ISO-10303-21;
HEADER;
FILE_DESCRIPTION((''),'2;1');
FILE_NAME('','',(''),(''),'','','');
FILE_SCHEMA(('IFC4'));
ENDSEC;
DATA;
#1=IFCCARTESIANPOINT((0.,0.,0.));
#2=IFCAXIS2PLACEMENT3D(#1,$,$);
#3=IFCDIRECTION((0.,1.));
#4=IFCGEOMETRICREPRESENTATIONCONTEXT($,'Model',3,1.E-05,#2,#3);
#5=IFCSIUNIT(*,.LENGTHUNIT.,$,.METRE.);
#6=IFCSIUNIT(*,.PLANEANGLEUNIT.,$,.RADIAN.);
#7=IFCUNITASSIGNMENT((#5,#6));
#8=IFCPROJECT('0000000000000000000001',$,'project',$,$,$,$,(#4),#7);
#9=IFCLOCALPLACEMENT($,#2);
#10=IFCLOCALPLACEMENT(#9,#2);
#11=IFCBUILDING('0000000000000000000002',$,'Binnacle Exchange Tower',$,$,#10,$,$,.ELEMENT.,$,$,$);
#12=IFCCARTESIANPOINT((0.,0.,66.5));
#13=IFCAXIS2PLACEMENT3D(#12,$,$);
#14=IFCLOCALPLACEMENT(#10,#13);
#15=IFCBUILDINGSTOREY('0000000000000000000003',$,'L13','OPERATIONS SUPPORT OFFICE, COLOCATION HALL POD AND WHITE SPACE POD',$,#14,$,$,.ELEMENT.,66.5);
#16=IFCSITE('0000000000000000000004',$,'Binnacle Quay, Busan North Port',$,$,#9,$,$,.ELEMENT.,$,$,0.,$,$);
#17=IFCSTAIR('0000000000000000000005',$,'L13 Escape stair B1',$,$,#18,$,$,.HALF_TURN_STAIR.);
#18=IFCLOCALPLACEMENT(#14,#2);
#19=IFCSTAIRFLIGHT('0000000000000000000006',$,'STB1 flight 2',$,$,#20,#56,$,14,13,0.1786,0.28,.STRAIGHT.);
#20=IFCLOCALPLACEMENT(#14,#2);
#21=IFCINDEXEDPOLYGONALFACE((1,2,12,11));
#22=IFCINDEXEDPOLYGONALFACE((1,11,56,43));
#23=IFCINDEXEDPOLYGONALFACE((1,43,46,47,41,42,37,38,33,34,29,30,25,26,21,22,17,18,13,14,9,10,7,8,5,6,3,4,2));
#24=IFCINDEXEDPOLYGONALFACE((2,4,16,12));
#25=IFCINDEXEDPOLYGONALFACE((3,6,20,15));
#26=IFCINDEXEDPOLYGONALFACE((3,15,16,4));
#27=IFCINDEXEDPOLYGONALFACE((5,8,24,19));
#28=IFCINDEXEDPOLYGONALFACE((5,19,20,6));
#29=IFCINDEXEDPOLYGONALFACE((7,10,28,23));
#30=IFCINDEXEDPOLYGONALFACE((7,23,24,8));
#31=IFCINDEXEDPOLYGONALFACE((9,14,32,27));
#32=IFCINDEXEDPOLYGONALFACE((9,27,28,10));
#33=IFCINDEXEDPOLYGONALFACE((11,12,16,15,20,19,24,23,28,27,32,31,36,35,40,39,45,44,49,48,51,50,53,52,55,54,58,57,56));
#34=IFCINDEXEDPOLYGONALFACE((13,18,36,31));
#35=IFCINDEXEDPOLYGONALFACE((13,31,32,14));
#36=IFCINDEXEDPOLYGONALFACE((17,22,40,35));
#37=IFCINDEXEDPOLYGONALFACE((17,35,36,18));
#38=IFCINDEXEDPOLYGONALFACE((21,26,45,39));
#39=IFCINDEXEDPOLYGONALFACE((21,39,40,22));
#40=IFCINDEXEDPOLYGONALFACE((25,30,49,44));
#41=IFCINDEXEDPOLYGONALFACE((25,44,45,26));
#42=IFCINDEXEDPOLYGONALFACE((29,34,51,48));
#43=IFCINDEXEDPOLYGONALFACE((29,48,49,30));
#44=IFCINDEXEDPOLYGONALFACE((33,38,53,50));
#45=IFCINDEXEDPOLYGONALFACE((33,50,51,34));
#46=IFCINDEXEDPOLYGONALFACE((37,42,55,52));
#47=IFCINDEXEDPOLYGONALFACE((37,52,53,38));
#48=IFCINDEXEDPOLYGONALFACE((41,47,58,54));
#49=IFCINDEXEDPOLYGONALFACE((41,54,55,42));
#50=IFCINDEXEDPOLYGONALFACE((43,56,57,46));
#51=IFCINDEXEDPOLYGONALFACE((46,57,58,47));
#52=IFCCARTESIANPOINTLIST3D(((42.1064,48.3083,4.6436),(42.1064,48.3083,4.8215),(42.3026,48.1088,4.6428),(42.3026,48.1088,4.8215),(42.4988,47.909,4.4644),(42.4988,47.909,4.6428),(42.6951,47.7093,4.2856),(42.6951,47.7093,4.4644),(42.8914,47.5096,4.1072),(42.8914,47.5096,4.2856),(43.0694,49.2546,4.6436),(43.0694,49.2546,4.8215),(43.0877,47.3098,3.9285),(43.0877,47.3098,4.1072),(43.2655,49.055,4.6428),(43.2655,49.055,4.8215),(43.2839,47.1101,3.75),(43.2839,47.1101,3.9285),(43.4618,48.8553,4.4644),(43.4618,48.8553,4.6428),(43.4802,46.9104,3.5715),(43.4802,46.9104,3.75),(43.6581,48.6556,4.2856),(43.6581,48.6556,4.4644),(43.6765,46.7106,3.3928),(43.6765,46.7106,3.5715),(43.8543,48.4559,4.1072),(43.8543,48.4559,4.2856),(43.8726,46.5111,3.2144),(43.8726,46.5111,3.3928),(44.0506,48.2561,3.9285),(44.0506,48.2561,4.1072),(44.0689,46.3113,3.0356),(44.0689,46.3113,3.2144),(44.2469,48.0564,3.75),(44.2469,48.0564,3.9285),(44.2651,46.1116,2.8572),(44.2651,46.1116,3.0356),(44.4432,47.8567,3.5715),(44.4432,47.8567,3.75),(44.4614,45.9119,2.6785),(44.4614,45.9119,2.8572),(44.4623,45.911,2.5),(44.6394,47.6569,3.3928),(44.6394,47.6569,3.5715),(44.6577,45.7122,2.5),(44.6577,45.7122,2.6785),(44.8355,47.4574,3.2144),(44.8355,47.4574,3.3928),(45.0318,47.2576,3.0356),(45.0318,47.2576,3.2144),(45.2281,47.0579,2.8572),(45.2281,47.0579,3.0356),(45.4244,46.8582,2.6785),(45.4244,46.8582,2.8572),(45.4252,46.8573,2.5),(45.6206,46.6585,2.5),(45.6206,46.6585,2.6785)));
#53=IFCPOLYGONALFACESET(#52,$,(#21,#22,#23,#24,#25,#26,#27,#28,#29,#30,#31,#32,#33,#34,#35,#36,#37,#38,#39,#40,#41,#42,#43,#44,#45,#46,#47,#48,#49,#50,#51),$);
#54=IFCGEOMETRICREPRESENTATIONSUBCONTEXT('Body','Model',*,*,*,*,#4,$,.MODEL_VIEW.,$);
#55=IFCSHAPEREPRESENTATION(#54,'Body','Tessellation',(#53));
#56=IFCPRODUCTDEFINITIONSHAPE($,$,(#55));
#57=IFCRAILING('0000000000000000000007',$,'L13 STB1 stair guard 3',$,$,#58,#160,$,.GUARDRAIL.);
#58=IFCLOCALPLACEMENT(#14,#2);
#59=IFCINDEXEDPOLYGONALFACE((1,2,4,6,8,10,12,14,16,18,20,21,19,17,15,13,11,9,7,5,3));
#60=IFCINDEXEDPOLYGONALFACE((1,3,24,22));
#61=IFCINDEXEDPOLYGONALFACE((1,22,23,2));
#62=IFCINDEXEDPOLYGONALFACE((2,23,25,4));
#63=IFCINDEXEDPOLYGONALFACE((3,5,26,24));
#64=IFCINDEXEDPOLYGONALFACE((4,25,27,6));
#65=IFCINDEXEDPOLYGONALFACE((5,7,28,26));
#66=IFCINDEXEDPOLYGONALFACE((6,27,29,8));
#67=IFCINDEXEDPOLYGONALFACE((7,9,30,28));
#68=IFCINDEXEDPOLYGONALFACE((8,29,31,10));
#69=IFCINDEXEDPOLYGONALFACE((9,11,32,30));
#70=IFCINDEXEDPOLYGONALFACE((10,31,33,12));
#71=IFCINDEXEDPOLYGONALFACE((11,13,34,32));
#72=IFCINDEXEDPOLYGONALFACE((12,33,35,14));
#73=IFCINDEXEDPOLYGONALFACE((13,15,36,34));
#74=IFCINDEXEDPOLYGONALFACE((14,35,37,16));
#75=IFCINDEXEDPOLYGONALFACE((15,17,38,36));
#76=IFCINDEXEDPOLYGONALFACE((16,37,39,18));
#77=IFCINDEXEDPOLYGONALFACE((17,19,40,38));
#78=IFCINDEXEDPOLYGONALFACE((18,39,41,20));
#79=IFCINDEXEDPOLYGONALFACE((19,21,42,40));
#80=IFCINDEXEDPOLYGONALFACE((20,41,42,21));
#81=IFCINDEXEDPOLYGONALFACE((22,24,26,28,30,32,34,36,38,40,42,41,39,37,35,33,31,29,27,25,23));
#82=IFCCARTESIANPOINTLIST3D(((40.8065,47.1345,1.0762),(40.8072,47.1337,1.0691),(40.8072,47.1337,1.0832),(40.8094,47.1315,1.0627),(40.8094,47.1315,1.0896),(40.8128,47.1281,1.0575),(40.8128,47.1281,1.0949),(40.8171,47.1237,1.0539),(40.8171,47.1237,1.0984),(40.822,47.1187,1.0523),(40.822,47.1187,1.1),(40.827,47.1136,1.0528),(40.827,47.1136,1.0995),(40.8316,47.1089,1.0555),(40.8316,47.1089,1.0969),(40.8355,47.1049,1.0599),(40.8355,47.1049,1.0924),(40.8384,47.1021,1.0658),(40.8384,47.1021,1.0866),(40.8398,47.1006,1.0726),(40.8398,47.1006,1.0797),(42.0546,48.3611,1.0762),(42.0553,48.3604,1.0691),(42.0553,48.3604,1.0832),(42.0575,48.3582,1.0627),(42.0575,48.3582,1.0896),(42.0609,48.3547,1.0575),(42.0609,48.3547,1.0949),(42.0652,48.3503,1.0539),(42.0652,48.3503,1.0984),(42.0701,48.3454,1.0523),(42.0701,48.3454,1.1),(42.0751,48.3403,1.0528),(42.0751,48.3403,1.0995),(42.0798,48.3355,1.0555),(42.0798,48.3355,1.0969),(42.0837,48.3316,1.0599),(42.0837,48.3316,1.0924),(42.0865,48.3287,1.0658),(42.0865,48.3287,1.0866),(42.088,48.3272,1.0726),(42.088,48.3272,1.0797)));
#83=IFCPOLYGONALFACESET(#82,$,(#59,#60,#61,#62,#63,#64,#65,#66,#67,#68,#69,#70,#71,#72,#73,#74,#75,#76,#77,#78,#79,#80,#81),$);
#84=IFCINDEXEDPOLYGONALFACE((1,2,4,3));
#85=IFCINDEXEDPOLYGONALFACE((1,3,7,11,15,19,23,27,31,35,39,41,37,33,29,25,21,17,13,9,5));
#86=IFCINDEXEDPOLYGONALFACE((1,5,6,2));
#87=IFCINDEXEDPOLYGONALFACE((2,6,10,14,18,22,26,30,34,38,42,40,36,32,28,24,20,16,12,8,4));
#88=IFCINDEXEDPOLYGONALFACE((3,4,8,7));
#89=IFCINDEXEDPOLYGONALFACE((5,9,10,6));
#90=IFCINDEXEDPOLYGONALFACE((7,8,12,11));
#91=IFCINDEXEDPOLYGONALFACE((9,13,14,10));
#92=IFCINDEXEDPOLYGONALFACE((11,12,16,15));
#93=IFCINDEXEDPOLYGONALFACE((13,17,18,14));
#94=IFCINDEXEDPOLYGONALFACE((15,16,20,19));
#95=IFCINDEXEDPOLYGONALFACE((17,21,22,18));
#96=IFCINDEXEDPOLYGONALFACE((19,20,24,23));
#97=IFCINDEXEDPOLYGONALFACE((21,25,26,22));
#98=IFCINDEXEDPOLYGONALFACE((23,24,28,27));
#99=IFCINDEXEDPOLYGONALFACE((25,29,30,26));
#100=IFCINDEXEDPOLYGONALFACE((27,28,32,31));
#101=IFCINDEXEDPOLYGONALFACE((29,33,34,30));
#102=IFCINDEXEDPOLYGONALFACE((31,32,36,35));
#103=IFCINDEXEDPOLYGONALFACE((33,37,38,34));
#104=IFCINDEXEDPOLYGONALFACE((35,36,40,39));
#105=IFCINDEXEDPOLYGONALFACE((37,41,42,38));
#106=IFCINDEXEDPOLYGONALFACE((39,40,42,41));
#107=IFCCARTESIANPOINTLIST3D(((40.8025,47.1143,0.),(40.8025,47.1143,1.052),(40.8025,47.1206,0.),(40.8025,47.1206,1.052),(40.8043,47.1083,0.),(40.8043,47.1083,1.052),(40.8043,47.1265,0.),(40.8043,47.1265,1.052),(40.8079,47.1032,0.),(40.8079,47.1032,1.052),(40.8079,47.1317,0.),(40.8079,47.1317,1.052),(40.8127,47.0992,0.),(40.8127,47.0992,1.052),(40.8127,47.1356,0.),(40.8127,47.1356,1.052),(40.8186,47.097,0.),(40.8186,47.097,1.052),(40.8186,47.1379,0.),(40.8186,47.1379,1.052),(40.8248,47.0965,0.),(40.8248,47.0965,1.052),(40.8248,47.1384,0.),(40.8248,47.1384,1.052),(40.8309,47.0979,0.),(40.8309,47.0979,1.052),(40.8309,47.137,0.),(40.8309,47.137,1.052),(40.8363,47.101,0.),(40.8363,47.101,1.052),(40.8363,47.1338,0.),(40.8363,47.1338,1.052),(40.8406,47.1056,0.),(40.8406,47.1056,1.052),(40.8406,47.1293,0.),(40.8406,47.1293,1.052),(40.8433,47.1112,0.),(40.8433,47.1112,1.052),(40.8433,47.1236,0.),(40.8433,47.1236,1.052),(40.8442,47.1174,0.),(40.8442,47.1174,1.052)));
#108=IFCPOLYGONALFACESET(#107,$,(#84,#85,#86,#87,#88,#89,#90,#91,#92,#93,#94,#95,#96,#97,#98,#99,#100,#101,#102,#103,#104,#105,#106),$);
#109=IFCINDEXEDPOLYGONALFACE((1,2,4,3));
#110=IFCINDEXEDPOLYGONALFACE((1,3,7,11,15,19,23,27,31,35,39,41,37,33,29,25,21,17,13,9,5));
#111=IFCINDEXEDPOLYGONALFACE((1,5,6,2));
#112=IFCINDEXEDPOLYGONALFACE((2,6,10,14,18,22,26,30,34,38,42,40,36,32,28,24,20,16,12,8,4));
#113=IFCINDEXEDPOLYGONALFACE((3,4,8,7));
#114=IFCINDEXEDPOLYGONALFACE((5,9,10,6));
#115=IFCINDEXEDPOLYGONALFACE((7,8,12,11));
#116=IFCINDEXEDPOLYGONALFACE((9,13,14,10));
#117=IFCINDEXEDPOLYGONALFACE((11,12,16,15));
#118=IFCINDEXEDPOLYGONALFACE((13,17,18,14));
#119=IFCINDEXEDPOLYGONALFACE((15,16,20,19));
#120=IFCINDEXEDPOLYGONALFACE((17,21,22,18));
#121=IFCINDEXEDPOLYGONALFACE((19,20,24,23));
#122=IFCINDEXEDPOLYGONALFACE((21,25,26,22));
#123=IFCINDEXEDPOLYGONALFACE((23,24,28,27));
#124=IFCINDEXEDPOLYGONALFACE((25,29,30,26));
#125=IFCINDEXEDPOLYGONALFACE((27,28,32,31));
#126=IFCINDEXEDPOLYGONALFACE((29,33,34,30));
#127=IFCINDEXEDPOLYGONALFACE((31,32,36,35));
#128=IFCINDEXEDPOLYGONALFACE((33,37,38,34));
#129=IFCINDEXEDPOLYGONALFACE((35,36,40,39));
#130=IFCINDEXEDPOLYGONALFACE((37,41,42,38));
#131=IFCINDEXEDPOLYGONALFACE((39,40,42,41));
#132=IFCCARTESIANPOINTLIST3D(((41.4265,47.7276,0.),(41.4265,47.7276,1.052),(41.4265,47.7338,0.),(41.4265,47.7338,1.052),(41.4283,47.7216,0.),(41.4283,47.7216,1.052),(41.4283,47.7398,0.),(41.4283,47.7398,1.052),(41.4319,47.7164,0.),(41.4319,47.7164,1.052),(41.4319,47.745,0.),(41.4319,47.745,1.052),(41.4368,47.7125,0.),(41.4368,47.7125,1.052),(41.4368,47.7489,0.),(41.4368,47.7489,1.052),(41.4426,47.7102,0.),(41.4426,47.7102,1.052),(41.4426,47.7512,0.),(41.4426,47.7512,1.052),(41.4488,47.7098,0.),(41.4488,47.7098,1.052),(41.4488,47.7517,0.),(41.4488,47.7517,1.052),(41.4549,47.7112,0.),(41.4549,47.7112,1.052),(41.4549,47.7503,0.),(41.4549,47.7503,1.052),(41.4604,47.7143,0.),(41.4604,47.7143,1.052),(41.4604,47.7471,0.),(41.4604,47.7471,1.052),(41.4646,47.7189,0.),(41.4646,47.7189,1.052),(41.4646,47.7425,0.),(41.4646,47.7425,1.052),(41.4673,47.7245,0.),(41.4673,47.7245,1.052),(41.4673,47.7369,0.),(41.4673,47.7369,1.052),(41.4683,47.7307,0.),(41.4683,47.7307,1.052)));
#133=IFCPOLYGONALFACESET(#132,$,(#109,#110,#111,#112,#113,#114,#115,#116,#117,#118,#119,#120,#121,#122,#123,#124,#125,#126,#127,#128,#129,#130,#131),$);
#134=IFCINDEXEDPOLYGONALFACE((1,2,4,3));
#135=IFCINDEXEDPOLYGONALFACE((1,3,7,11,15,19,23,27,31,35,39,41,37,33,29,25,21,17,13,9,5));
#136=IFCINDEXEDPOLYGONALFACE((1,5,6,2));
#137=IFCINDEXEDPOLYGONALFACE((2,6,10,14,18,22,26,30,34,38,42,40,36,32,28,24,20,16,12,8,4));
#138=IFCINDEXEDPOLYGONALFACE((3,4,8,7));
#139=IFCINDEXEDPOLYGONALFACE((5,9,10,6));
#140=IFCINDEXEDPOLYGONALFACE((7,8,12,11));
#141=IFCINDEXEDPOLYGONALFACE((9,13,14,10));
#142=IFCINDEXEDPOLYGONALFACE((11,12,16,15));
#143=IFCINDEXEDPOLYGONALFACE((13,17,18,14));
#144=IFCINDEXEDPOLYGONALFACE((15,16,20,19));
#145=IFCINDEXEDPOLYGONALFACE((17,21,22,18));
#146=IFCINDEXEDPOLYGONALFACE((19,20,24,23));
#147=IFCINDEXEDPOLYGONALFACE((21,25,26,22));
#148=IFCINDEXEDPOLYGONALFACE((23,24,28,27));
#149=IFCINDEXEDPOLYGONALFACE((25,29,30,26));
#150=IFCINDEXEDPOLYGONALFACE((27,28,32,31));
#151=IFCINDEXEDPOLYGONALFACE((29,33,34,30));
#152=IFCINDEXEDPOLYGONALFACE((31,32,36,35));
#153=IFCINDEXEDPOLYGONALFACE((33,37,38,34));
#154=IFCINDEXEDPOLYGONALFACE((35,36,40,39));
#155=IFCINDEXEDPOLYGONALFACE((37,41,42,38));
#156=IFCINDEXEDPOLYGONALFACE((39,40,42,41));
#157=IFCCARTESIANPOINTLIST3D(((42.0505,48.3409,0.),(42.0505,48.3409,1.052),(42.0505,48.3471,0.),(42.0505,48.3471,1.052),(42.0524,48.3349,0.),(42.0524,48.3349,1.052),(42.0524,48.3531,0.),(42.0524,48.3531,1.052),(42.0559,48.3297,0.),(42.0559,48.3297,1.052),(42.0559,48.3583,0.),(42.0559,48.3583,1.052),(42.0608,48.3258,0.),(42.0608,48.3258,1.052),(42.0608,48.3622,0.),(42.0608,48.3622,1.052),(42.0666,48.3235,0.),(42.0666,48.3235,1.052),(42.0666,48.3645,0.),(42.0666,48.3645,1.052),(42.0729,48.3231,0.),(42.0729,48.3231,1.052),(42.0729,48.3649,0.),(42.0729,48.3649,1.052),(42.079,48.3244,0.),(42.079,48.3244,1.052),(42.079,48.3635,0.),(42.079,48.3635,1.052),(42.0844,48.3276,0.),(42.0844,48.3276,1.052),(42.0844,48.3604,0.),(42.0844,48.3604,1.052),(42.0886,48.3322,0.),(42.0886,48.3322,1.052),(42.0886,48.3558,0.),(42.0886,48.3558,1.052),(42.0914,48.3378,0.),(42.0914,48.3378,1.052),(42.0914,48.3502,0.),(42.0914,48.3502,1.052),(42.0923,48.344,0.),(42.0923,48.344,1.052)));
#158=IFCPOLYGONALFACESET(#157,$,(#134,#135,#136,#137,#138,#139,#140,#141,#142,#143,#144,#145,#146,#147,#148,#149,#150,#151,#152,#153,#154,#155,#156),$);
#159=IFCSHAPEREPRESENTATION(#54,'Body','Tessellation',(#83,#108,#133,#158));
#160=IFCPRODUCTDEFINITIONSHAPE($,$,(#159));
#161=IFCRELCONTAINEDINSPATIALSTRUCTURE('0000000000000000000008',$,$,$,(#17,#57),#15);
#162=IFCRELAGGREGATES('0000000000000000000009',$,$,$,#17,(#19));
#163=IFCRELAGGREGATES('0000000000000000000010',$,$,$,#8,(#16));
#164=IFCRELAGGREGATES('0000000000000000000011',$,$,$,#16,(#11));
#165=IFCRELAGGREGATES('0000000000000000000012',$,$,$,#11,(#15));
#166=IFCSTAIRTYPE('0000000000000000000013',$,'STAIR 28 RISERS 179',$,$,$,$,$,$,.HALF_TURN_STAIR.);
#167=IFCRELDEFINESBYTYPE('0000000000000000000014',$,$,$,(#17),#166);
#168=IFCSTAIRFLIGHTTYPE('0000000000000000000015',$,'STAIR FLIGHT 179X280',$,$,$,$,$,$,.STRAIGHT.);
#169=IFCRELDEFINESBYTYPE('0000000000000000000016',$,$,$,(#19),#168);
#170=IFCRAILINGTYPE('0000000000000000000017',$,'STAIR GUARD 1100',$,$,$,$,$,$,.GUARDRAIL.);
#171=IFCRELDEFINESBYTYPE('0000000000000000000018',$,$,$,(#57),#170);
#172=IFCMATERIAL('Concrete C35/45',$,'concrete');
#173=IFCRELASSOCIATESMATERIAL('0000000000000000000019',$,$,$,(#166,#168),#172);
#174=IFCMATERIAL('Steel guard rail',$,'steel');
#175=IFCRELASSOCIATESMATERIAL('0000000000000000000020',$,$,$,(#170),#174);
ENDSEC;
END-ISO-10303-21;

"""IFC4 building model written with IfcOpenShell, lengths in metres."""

from ifc_helpers import new_model, si_unit, direction, frame, origin, origin_2d, place, context, subcontext, project, spatial, polyline, circle, outline, extrude, material, type_object, element, aggregate, save


model = new_model("IFC4")

# Units and contexts
model_context = context("Model", 3, precision=1e-05, world=origin(), true_north=direction((0.0, 1.0)))
body_context = subcontext(model_context, "Body", "Model", "MODEL_VIEW")
ifc_project = project(units=[si_unit("LENGTHUNIT", "METRE"), si_unit("PLANEANGLEUNIT", "RADIAN")], contexts=[model_context])

# Site, building, storey
site_placement = place(None, origin())
site = spatial("IfcSite", under=ifc_project, at=site_placement, Name="Binnacle Quay, Busan North Port", CompositionType="ELEMENT", RefElevation=0.0)
building_placement = place(site_placement, origin())
building = spatial("IfcBuilding", under=site, at=building_placement, Name="Binnacle Exchange Tower", CompositionType="ELEMENT")
storey_placement = place(building_placement, frame((0.0, 0.0, 66.5)))
storey = spatial("IfcBuildingStorey", under=building, at=storey_placement, Name="L13", Description="OPERATIONS SUPPORT OFFICE, COLOCATION HALL POD AND WHITE SPACE POD", CompositionType="ELEMENT", Elevation=66.5)

# Stair, stair flight
ifc_material_1 = material(Name="Concrete C35/45", Category="concrete")
stair_type = type_object("IfcStairType", Name="STAIR 28 RISERS 179", PredefinedType="HALF_TURN_STAIR", material=ifc_material_1)
stair_placement = place(storey_placement, origin())
stair = element("IfcStair", 1, at=stair_placement, inside=storey, type_object=stair_type, Name="L13 Escape stair B1", PredefinedType="HALF_TURN_STAIR")
stair_flight_type = type_object("IfcStairFlightType", Name="STAIR FLIGHT 179X280", PredefinedType="STRAIGHT", material=ifc_material_1)
stair_flight_1_placement = place(storey_placement, frame((45.1392, 46.1853, 2.5), z_axis=(0.0, 0.0, 1.0), x_axis=(-0.700909, 0.71325, 0.0)))
stair_flight_1 = element("IfcStairFlight", 2, at=stair_flight_1_placement, type_object=stair_flight_type, Name="STB1 flight 2", NumberOfRisers=14, NumberOfTreads=13, PredefinedType="STRAIGHT", RiserHeight=0.1786, TreadLength=0.28, context=body_context, shape_type="SweptSolid", body=[
    extrude(outline(polyline([(0.0, 0.0), (0.0, 0.1785), (0.28, 0.1785), (0.28, 0.3572), (0.5601, 0.3572), (0.5601, 0.5356), (0.8401, 0.5356), (0.8401, 0.7144), (1.1201, 0.7144), (1.1201, 0.8928), (1.3999, 0.8928), (1.3999, 1.0715), (1.6799, 1.0715), (1.6799, 1.25), (1.96, 1.25), (1.96, 1.4285), (2.24, 1.4285), (2.24, 1.6072), (2.52, 1.6072), (2.52, 1.7856), (2.8, 1.7856), (2.8, 1.9644), (3.0801, 1.9644), (3.0801, 2.1428), (3.3601, 2.1428), (3.3601, 2.3215), (3.6399, 2.3215), (3.6399, 2.5), (3.6399, 2.1436), (0.2788, 0.0), (0.0, 0.0)])), frame((0.0, 0.675, 0.0), z_axis=(0.0, -1.0, 0.0), x_axis=(1.0, 0.0, 0.0)), (0.0, 0.0, 1.0), 1.3501),
])
aggregate(stair, [stair_flight_1])

# Railing
ifc_material_2 = material(Name="Steel guard rail", Category="steel")
railing_type_1 = type_object("IfcRailingType", Name="STAIR GUARD 1100", PredefinedType="GUARDRAIL", material=ifc_material_2)
railing_1_placement = place(storey_placement, frame((40.8232, 47.1174, 0.0)))
element("IfcRailing", 3, at=railing_1_placement, inside=storey, type_object=railing_type_1, Name="L13 STB1 stair guard 3", PredefinedType="GUARDRAIL", context=body_context, shape_type="SweptSolid", body=[
    extrude(circle(Radius=0.0239, at=origin_2d()), frame((0.0, 0.0, 1.0762), z_axis=(0.713219, 0.700941, 0.0), x_axis=(-0.700941, 0.713219, 0.0)), (0.0, 0.0, 1.0), 1.75),
    extrude(circle(Radius=0.021, at=origin_2d()), origin(), (0.0, 0.0, 1.0), 1.052),
    extrude(circle(Radius=0.021, at=origin_2d()), frame((0.624, 0.6133, 0.0)), (0.0, 0.0, 1.0), 1.052),
    extrude(circle(Radius=0.021, at=origin_2d()), frame((1.248, 1.2266, 0.0)), (0.0, 0.0, 1.0), 1.052),
])

save(model, "model.ifc")
